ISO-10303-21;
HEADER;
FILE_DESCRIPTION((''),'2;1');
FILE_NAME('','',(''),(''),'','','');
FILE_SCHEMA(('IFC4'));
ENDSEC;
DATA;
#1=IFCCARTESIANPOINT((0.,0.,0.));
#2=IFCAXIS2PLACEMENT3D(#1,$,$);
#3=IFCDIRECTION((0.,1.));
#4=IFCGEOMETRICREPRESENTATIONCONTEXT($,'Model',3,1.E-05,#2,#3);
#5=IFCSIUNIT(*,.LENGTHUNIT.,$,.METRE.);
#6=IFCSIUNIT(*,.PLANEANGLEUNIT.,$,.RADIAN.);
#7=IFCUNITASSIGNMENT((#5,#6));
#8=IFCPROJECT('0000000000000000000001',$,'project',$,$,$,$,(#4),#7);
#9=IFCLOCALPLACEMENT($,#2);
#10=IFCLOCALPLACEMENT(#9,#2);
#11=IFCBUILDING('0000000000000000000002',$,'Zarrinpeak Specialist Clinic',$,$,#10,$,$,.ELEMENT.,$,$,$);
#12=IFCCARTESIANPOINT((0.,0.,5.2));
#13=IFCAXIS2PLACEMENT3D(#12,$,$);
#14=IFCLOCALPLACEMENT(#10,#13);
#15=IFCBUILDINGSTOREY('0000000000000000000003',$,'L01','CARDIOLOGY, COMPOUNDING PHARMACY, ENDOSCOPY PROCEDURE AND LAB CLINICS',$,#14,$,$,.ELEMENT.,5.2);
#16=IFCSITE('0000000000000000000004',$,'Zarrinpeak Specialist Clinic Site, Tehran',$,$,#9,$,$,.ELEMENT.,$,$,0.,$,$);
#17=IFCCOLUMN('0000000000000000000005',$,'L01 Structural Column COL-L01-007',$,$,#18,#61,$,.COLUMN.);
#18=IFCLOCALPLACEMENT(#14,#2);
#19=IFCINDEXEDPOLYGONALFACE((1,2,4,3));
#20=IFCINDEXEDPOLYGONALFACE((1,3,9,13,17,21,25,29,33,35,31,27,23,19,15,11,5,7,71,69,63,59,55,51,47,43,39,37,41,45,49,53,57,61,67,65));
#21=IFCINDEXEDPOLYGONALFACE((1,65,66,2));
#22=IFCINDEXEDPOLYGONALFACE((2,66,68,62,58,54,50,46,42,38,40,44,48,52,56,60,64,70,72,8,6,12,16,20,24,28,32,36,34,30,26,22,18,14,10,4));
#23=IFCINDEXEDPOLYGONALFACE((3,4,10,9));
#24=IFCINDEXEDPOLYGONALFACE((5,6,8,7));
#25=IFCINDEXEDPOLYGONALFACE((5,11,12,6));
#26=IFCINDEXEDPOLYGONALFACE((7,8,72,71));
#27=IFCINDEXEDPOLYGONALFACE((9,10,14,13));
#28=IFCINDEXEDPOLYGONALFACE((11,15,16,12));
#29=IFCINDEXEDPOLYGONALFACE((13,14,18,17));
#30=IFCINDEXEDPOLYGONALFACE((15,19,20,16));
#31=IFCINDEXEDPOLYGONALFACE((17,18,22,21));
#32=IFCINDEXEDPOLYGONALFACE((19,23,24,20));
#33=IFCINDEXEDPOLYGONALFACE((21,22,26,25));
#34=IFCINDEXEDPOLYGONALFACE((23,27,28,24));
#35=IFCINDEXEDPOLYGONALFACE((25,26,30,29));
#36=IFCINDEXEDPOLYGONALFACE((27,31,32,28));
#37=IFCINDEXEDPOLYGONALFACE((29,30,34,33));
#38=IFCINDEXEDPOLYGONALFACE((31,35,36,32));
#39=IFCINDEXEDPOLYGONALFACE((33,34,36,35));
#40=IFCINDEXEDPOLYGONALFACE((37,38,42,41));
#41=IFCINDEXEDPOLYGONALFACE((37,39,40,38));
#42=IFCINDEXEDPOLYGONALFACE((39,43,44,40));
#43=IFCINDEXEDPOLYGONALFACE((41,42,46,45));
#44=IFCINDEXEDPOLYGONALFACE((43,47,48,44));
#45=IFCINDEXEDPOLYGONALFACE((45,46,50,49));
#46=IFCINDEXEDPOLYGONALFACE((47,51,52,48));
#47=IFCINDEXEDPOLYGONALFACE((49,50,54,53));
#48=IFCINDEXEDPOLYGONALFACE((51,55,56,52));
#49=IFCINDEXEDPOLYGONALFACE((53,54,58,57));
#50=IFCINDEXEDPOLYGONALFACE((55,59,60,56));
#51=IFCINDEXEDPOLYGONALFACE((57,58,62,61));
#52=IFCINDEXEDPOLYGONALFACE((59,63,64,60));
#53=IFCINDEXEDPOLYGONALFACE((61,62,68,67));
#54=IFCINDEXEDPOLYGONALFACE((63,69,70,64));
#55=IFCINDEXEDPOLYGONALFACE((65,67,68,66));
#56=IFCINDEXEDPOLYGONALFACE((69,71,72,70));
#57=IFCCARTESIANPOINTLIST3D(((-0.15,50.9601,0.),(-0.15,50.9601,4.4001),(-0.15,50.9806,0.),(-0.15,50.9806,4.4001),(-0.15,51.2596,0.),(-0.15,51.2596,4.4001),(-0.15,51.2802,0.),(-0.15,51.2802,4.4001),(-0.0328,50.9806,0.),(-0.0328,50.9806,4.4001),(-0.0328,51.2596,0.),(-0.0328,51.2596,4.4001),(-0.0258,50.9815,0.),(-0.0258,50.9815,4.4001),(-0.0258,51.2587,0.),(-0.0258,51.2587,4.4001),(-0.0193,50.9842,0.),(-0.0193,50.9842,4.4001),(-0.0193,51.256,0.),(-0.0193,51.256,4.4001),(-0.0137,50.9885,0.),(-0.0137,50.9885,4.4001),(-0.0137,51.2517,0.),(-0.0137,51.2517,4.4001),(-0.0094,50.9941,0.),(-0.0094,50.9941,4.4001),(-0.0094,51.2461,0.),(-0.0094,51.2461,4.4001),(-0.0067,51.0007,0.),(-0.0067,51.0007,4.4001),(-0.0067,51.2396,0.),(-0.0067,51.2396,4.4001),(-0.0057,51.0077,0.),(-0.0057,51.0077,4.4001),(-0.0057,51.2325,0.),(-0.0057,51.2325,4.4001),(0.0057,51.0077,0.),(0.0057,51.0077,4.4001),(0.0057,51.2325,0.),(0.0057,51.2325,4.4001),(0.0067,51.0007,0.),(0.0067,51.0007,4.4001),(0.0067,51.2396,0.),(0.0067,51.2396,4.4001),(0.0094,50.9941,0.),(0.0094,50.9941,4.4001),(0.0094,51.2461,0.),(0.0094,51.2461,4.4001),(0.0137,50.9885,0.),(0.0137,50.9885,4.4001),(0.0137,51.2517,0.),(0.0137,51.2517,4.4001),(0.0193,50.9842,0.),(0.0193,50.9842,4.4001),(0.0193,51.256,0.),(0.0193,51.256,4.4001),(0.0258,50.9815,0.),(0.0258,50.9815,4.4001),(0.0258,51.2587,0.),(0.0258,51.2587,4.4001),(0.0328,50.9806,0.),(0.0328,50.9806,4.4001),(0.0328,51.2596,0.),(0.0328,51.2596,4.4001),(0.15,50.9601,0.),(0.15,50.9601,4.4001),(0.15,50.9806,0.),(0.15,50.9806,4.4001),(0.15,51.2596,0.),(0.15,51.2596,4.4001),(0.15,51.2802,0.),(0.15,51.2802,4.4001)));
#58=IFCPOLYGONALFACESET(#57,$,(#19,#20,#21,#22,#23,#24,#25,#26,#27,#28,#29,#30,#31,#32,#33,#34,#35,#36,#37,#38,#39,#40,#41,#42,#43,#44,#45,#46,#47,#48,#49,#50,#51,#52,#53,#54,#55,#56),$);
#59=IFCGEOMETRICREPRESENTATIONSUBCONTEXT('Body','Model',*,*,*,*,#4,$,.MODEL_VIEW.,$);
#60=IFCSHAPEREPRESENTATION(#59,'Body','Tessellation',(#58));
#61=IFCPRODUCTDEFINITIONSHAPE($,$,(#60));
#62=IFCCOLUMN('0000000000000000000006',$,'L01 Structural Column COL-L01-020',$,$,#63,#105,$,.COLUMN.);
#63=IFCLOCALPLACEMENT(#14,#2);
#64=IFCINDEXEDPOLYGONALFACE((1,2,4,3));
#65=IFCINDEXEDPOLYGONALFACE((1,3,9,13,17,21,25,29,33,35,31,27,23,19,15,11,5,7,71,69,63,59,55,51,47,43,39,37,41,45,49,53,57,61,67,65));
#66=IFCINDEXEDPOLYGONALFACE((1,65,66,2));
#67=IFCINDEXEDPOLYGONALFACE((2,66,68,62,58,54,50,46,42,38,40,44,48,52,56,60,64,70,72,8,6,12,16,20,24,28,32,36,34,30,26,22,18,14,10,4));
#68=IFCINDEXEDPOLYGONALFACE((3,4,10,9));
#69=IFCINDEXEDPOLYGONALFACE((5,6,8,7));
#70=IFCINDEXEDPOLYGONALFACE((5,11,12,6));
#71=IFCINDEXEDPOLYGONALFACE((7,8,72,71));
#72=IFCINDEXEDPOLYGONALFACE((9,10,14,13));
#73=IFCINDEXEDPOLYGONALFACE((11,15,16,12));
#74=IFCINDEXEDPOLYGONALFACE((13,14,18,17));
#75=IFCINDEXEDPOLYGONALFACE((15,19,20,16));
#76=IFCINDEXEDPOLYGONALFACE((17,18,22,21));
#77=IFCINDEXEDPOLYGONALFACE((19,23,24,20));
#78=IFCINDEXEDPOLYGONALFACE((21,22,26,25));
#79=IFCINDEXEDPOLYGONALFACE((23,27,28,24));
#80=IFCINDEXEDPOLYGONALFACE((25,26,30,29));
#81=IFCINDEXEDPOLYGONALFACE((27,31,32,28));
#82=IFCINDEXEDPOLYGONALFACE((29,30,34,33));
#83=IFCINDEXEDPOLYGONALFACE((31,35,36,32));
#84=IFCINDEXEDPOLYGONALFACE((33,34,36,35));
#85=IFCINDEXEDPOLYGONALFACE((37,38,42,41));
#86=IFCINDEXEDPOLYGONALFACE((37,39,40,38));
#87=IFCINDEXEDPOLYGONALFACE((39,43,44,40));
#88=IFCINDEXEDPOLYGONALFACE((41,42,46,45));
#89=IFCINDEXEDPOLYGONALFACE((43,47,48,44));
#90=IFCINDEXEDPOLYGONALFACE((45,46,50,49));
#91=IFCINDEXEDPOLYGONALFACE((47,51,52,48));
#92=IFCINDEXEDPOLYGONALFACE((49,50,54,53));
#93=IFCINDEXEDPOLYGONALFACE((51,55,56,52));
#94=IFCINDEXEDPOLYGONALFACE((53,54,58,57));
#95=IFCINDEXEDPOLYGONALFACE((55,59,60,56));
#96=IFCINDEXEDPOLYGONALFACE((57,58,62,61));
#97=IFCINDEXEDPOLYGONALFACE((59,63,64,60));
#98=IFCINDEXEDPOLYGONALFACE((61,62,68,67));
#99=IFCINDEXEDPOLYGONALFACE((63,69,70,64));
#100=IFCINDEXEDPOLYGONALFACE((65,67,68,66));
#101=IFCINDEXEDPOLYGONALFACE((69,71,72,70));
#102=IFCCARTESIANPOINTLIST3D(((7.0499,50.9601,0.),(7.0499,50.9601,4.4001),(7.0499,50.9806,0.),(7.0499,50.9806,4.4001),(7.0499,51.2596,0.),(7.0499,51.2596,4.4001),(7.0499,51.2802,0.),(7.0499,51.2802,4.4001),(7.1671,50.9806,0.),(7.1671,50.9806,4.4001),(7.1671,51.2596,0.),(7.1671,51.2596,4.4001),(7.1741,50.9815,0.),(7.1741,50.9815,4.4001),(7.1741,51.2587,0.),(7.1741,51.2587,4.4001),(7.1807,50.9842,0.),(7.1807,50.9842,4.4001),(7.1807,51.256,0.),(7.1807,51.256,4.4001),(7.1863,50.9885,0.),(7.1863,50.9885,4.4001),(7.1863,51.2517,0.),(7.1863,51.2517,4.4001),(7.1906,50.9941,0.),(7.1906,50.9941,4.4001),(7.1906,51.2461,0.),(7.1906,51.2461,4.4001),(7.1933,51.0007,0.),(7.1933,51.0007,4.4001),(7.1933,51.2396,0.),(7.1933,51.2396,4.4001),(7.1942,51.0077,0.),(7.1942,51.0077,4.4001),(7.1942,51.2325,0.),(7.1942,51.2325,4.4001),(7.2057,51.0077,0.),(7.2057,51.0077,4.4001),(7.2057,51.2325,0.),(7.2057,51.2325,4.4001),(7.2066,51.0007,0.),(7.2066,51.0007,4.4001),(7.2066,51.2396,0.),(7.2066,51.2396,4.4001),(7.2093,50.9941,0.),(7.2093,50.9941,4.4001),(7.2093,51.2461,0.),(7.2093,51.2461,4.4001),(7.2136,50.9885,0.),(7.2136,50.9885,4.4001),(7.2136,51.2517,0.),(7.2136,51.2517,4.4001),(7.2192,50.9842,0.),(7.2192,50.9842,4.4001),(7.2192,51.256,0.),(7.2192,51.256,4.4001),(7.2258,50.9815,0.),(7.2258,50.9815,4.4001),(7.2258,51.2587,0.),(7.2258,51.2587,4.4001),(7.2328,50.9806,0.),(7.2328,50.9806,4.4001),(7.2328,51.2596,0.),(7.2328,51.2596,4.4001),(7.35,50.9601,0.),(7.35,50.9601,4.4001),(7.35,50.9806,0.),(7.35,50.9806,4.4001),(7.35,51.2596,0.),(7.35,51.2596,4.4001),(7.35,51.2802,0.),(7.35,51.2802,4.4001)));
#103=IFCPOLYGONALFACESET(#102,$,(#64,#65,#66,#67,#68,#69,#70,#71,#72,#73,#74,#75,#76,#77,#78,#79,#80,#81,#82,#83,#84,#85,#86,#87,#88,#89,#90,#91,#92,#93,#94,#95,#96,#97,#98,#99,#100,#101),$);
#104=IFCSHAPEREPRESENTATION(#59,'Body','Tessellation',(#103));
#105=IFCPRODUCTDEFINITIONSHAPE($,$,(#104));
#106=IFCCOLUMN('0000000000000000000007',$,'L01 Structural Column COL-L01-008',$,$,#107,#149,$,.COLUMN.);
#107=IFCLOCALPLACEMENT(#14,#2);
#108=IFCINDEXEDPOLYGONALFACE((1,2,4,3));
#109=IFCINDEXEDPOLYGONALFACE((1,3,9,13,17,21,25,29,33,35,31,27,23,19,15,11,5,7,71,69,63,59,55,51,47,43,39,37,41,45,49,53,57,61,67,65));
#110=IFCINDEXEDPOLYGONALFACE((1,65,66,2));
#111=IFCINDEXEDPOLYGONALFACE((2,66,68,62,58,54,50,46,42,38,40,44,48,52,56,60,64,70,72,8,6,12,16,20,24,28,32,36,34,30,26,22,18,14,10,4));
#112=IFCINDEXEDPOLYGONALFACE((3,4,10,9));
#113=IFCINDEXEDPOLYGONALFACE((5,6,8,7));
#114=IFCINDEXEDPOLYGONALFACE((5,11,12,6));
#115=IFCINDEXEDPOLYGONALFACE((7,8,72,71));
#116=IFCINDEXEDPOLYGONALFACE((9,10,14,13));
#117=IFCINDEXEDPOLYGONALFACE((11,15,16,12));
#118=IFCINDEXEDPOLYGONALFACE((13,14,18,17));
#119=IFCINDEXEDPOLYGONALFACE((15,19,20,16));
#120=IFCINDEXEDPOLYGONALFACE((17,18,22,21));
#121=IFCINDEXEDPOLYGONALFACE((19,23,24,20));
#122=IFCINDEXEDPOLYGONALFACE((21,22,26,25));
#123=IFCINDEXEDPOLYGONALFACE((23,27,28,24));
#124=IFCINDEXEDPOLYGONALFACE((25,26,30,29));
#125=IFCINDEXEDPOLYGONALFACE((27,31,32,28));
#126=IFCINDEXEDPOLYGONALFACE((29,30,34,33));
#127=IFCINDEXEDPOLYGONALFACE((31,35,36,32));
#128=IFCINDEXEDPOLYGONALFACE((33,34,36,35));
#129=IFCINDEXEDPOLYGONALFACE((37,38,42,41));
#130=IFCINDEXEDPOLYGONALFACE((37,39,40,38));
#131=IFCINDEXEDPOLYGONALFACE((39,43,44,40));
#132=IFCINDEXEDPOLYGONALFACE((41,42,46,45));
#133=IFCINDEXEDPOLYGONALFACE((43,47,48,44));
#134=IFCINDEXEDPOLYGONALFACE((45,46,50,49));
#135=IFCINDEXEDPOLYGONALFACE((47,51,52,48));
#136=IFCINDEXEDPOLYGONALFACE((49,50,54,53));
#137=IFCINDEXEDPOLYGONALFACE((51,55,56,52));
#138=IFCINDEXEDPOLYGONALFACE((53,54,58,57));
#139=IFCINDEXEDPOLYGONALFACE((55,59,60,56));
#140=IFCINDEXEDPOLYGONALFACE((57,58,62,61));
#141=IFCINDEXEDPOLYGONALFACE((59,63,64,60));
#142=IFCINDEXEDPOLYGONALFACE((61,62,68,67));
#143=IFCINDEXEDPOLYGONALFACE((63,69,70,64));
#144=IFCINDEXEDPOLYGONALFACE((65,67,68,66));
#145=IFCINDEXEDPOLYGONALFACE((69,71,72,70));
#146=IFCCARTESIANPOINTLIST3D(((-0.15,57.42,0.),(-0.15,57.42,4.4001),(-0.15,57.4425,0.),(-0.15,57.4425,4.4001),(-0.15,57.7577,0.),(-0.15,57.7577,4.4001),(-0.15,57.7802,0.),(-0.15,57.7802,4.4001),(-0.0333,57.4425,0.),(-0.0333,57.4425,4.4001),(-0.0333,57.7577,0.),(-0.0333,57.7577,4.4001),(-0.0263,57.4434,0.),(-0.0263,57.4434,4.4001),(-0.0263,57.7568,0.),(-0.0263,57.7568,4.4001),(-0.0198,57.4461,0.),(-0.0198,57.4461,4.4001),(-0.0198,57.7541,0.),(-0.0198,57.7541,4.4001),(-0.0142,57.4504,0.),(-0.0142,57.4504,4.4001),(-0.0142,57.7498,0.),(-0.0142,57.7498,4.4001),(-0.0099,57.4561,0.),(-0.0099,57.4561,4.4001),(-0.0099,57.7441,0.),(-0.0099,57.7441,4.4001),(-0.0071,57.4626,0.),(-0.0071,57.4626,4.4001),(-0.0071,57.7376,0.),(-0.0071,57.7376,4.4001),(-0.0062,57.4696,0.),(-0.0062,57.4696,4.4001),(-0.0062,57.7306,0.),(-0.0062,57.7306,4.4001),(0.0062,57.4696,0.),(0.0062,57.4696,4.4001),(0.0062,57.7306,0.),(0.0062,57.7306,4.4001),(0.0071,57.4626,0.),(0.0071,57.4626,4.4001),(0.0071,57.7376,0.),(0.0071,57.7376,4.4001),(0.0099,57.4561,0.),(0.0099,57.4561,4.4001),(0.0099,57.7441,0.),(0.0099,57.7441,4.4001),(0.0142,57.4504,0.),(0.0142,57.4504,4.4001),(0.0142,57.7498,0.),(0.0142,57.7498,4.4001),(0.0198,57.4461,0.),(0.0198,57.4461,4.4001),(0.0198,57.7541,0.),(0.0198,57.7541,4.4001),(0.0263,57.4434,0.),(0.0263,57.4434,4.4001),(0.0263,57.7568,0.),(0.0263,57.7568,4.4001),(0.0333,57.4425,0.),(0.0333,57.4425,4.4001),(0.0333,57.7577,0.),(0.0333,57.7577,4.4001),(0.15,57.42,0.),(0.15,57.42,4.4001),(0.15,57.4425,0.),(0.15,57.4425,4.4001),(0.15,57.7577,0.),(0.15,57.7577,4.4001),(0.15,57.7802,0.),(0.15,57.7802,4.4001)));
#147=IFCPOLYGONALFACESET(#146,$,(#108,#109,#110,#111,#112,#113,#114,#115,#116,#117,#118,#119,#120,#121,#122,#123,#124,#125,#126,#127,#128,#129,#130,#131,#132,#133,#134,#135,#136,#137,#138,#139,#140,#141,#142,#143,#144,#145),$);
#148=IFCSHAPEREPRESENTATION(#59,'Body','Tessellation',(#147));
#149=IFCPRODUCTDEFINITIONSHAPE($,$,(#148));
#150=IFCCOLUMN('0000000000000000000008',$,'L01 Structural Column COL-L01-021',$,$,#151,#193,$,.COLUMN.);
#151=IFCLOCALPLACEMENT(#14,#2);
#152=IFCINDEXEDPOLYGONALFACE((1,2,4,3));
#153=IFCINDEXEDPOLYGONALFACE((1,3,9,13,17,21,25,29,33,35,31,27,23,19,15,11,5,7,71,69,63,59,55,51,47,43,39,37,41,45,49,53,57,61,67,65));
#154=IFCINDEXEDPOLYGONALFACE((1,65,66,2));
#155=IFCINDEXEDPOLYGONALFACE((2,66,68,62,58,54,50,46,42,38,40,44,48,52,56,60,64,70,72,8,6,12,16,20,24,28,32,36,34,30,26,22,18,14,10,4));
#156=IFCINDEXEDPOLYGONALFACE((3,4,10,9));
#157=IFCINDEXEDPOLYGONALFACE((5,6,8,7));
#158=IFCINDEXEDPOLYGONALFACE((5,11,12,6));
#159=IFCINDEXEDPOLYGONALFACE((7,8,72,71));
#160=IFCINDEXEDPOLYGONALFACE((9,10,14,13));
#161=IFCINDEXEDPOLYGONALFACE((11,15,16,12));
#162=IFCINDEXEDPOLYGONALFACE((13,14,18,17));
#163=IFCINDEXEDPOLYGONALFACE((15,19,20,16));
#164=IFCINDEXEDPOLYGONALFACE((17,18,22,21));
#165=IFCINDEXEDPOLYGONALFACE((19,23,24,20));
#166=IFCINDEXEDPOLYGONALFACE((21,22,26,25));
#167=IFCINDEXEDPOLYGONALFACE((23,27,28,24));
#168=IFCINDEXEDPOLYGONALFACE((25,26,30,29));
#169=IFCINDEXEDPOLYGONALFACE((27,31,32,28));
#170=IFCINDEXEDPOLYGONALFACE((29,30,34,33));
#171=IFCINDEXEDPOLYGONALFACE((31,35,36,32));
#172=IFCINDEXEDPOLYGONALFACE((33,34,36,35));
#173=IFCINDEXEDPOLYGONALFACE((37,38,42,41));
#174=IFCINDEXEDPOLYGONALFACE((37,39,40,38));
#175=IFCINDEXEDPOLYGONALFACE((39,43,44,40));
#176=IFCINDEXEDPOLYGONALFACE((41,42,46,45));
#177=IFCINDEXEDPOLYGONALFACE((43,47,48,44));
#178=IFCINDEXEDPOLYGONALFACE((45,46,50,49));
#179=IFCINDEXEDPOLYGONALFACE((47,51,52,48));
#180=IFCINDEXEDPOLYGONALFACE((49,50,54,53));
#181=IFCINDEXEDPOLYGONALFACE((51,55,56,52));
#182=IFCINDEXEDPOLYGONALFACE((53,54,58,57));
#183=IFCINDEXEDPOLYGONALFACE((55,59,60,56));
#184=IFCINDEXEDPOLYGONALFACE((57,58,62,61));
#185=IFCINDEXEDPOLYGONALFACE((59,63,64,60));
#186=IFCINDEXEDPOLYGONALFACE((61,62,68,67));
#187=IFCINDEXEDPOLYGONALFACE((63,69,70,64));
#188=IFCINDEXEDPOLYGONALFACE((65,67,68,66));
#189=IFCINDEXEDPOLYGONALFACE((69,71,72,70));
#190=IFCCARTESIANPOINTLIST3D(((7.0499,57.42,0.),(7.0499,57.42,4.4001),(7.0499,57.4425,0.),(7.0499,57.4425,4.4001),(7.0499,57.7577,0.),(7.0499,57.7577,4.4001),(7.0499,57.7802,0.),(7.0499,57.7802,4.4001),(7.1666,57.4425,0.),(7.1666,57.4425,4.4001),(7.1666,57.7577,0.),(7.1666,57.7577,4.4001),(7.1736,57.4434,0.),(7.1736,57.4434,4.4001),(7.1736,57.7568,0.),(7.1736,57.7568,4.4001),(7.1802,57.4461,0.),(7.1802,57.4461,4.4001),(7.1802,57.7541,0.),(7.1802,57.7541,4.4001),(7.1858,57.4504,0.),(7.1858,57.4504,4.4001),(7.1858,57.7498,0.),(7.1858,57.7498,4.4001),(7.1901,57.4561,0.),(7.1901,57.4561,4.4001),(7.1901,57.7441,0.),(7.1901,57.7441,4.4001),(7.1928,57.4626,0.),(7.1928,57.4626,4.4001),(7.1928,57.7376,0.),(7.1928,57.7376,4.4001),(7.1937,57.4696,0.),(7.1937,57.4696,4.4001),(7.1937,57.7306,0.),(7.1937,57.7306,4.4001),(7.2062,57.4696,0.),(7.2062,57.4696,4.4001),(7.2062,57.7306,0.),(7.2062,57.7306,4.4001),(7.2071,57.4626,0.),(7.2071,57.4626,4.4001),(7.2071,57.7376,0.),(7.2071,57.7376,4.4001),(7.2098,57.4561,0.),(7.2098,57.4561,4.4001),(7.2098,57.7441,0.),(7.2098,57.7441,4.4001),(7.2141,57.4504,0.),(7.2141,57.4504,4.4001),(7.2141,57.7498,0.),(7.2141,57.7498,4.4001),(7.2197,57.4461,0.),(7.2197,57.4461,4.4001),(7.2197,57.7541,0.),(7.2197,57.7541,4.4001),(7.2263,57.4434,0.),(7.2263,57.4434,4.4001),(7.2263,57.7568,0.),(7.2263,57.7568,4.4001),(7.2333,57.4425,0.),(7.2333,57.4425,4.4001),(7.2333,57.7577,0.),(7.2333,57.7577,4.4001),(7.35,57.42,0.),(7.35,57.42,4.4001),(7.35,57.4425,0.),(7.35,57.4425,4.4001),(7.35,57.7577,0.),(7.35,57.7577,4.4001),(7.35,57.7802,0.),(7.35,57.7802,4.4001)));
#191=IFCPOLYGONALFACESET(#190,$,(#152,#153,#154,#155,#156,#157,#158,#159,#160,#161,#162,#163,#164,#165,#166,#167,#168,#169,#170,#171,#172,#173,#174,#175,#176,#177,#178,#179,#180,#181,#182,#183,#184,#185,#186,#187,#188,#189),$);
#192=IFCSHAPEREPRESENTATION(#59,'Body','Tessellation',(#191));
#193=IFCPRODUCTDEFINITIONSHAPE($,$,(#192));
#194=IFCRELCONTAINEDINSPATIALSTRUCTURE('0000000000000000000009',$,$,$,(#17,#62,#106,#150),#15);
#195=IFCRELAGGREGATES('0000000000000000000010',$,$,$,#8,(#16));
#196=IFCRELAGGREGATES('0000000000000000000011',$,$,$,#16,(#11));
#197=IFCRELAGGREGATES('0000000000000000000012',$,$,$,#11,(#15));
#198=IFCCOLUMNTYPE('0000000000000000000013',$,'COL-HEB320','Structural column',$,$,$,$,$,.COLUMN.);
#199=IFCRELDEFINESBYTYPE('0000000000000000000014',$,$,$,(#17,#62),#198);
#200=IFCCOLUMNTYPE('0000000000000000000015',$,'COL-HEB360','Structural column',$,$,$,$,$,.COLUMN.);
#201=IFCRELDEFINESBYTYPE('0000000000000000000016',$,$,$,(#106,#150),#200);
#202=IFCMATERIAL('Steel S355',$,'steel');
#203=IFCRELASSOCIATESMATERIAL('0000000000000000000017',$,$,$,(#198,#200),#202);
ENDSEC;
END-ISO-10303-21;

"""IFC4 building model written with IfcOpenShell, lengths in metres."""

from ifc_helpers import new_model, si_unit, direction, frame, origin, origin_2d, place, context, subcontext, project, spatial, i_section, extrude, material, material_profile, profile_set, type_object, element, save


model = new_model("IFC4")

# Units and contexts
model_context = context("Model", 3, precision=1e-05, world=origin(), true_north=direction((0.0, 1.0)))
body_context = subcontext(model_context, "Body", "Model", "MODEL_VIEW")
ifc_project = project(units=[si_unit("LENGTHUNIT", "METRE"), si_unit("PLANEANGLEUNIT", "RADIAN")], contexts=[model_context])

# Site, building, storey
site_placement = place(None, origin())
site = spatial("IfcSite", under=ifc_project, at=site_placement, Name="Zarrinpeak Specialist Clinic Site, Tehran", CompositionType="ELEMENT", RefElevation=0.0)
building_placement = place(site_placement, origin())
building = spatial("IfcBuilding", under=site, at=building_placement, Name="Zarrinpeak Specialist Clinic", CompositionType="ELEMENT")
storey_placement = place(building_placement, frame((0.0, 0.0, 5.2)))
storey = spatial("IfcBuildingStorey", under=building, at=storey_placement, Name="L01", Description="CARDIOLOGY, COMPOUNDING PHARMACY, ENDOSCOPY PROCEDURE AND LAB CLINICS", CompositionType="ELEMENT", Elevation=5.2)

# Columns
ifc_material_1 = material(Name="Steel S355", Category="steel")
ifc_material_profile_1 = material_profile(ifc_material_1, i_section(OverallWidth=0.3, OverallDepth=0.3201, WebThickness=0.0115, FlangeThickness=0.0205, FilletRadius=0.0271, at=origin_2d()), Name="HEB 320")
ifc_profile_set_1 = profile_set([ifc_material_profile_1], Name="Steel S355")
column_type_1 = type_object("IfcColumnType", Name="COL-HEB320", Description="Structural column", PredefinedType="COLUMN", material=ifc_profile_set_1)
for number, where, z_axis, x_axis, name in (
    (1, (0.0, 51.1201, 0.0), (0.0, 0.0, 1.0), (1.0, 0.0, 0.0), "L01 Structural Column COL-L01-007"),
    (2, (7.2, 51.1201, 0.0), (0.0, 0.0, 1.0), (1.0, 0.0, 0.0), "L01 Structural Column COL-L01-020"),
):
    element("IfcColumn", number, at=place(storey_placement, frame(where, z_axis=z_axis, x_axis=x_axis)), inside=storey, type_object=column_type_1, Name=name, PredefinedType="COLUMN", context=body_context, shape_type="SweptSolid", body=[
        extrude(i_section(OverallWidth=0.3, OverallDepth=0.3201, WebThickness=0.0115, FlangeThickness=0.0205, FilletRadius=0.0271, at=origin_2d()), origin(), (0.0, 0.0, 1.0), 4.4001),
    ])
ifc_material_profile_2 = material_profile(ifc_material_1, i_section(OverallWidth=0.3, OverallDepth=0.3601, WebThickness=0.0125, FlangeThickness=0.0225, FilletRadius=0.0271, at=origin_2d()), Name="HEB 360")
ifc_profile_set_2 = profile_set([ifc_material_profile_2], Name="Steel S355")
column_type_2 = type_object("IfcColumnType", Name="COL-HEB360", Description="Structural column", PredefinedType="COLUMN", material=ifc_profile_set_2)
for number, where, z_axis, x_axis, name in (
    (3, (0.0, 57.6001, 0.0), (0.0, 0.0, 1.0), (1.0, 0.0, 0.0), "L01 Structural Column COL-L01-008"),
    (4, (7.2, 57.6001, 0.0), (0.0, 0.0, 1.0), (1.0, 0.0, 0.0), "L01 Structural Column COL-L01-021"),
):
    element("IfcColumn", number, at=place(storey_placement, frame(where, z_axis=z_axis, x_axis=x_axis)), inside=storey, type_object=column_type_2, Name=name, PredefinedType="COLUMN", context=body_context, shape_type="SweptSolid", body=[
        extrude(i_section(OverallWidth=0.3, OverallDepth=0.3601, WebThickness=0.0125, FlangeThickness=0.0225, FilletRadius=0.0271, at=origin_2d()), origin(), (0.0, 0.0, 1.0), 4.4001),
    ])

save(model, "model.ifc")
